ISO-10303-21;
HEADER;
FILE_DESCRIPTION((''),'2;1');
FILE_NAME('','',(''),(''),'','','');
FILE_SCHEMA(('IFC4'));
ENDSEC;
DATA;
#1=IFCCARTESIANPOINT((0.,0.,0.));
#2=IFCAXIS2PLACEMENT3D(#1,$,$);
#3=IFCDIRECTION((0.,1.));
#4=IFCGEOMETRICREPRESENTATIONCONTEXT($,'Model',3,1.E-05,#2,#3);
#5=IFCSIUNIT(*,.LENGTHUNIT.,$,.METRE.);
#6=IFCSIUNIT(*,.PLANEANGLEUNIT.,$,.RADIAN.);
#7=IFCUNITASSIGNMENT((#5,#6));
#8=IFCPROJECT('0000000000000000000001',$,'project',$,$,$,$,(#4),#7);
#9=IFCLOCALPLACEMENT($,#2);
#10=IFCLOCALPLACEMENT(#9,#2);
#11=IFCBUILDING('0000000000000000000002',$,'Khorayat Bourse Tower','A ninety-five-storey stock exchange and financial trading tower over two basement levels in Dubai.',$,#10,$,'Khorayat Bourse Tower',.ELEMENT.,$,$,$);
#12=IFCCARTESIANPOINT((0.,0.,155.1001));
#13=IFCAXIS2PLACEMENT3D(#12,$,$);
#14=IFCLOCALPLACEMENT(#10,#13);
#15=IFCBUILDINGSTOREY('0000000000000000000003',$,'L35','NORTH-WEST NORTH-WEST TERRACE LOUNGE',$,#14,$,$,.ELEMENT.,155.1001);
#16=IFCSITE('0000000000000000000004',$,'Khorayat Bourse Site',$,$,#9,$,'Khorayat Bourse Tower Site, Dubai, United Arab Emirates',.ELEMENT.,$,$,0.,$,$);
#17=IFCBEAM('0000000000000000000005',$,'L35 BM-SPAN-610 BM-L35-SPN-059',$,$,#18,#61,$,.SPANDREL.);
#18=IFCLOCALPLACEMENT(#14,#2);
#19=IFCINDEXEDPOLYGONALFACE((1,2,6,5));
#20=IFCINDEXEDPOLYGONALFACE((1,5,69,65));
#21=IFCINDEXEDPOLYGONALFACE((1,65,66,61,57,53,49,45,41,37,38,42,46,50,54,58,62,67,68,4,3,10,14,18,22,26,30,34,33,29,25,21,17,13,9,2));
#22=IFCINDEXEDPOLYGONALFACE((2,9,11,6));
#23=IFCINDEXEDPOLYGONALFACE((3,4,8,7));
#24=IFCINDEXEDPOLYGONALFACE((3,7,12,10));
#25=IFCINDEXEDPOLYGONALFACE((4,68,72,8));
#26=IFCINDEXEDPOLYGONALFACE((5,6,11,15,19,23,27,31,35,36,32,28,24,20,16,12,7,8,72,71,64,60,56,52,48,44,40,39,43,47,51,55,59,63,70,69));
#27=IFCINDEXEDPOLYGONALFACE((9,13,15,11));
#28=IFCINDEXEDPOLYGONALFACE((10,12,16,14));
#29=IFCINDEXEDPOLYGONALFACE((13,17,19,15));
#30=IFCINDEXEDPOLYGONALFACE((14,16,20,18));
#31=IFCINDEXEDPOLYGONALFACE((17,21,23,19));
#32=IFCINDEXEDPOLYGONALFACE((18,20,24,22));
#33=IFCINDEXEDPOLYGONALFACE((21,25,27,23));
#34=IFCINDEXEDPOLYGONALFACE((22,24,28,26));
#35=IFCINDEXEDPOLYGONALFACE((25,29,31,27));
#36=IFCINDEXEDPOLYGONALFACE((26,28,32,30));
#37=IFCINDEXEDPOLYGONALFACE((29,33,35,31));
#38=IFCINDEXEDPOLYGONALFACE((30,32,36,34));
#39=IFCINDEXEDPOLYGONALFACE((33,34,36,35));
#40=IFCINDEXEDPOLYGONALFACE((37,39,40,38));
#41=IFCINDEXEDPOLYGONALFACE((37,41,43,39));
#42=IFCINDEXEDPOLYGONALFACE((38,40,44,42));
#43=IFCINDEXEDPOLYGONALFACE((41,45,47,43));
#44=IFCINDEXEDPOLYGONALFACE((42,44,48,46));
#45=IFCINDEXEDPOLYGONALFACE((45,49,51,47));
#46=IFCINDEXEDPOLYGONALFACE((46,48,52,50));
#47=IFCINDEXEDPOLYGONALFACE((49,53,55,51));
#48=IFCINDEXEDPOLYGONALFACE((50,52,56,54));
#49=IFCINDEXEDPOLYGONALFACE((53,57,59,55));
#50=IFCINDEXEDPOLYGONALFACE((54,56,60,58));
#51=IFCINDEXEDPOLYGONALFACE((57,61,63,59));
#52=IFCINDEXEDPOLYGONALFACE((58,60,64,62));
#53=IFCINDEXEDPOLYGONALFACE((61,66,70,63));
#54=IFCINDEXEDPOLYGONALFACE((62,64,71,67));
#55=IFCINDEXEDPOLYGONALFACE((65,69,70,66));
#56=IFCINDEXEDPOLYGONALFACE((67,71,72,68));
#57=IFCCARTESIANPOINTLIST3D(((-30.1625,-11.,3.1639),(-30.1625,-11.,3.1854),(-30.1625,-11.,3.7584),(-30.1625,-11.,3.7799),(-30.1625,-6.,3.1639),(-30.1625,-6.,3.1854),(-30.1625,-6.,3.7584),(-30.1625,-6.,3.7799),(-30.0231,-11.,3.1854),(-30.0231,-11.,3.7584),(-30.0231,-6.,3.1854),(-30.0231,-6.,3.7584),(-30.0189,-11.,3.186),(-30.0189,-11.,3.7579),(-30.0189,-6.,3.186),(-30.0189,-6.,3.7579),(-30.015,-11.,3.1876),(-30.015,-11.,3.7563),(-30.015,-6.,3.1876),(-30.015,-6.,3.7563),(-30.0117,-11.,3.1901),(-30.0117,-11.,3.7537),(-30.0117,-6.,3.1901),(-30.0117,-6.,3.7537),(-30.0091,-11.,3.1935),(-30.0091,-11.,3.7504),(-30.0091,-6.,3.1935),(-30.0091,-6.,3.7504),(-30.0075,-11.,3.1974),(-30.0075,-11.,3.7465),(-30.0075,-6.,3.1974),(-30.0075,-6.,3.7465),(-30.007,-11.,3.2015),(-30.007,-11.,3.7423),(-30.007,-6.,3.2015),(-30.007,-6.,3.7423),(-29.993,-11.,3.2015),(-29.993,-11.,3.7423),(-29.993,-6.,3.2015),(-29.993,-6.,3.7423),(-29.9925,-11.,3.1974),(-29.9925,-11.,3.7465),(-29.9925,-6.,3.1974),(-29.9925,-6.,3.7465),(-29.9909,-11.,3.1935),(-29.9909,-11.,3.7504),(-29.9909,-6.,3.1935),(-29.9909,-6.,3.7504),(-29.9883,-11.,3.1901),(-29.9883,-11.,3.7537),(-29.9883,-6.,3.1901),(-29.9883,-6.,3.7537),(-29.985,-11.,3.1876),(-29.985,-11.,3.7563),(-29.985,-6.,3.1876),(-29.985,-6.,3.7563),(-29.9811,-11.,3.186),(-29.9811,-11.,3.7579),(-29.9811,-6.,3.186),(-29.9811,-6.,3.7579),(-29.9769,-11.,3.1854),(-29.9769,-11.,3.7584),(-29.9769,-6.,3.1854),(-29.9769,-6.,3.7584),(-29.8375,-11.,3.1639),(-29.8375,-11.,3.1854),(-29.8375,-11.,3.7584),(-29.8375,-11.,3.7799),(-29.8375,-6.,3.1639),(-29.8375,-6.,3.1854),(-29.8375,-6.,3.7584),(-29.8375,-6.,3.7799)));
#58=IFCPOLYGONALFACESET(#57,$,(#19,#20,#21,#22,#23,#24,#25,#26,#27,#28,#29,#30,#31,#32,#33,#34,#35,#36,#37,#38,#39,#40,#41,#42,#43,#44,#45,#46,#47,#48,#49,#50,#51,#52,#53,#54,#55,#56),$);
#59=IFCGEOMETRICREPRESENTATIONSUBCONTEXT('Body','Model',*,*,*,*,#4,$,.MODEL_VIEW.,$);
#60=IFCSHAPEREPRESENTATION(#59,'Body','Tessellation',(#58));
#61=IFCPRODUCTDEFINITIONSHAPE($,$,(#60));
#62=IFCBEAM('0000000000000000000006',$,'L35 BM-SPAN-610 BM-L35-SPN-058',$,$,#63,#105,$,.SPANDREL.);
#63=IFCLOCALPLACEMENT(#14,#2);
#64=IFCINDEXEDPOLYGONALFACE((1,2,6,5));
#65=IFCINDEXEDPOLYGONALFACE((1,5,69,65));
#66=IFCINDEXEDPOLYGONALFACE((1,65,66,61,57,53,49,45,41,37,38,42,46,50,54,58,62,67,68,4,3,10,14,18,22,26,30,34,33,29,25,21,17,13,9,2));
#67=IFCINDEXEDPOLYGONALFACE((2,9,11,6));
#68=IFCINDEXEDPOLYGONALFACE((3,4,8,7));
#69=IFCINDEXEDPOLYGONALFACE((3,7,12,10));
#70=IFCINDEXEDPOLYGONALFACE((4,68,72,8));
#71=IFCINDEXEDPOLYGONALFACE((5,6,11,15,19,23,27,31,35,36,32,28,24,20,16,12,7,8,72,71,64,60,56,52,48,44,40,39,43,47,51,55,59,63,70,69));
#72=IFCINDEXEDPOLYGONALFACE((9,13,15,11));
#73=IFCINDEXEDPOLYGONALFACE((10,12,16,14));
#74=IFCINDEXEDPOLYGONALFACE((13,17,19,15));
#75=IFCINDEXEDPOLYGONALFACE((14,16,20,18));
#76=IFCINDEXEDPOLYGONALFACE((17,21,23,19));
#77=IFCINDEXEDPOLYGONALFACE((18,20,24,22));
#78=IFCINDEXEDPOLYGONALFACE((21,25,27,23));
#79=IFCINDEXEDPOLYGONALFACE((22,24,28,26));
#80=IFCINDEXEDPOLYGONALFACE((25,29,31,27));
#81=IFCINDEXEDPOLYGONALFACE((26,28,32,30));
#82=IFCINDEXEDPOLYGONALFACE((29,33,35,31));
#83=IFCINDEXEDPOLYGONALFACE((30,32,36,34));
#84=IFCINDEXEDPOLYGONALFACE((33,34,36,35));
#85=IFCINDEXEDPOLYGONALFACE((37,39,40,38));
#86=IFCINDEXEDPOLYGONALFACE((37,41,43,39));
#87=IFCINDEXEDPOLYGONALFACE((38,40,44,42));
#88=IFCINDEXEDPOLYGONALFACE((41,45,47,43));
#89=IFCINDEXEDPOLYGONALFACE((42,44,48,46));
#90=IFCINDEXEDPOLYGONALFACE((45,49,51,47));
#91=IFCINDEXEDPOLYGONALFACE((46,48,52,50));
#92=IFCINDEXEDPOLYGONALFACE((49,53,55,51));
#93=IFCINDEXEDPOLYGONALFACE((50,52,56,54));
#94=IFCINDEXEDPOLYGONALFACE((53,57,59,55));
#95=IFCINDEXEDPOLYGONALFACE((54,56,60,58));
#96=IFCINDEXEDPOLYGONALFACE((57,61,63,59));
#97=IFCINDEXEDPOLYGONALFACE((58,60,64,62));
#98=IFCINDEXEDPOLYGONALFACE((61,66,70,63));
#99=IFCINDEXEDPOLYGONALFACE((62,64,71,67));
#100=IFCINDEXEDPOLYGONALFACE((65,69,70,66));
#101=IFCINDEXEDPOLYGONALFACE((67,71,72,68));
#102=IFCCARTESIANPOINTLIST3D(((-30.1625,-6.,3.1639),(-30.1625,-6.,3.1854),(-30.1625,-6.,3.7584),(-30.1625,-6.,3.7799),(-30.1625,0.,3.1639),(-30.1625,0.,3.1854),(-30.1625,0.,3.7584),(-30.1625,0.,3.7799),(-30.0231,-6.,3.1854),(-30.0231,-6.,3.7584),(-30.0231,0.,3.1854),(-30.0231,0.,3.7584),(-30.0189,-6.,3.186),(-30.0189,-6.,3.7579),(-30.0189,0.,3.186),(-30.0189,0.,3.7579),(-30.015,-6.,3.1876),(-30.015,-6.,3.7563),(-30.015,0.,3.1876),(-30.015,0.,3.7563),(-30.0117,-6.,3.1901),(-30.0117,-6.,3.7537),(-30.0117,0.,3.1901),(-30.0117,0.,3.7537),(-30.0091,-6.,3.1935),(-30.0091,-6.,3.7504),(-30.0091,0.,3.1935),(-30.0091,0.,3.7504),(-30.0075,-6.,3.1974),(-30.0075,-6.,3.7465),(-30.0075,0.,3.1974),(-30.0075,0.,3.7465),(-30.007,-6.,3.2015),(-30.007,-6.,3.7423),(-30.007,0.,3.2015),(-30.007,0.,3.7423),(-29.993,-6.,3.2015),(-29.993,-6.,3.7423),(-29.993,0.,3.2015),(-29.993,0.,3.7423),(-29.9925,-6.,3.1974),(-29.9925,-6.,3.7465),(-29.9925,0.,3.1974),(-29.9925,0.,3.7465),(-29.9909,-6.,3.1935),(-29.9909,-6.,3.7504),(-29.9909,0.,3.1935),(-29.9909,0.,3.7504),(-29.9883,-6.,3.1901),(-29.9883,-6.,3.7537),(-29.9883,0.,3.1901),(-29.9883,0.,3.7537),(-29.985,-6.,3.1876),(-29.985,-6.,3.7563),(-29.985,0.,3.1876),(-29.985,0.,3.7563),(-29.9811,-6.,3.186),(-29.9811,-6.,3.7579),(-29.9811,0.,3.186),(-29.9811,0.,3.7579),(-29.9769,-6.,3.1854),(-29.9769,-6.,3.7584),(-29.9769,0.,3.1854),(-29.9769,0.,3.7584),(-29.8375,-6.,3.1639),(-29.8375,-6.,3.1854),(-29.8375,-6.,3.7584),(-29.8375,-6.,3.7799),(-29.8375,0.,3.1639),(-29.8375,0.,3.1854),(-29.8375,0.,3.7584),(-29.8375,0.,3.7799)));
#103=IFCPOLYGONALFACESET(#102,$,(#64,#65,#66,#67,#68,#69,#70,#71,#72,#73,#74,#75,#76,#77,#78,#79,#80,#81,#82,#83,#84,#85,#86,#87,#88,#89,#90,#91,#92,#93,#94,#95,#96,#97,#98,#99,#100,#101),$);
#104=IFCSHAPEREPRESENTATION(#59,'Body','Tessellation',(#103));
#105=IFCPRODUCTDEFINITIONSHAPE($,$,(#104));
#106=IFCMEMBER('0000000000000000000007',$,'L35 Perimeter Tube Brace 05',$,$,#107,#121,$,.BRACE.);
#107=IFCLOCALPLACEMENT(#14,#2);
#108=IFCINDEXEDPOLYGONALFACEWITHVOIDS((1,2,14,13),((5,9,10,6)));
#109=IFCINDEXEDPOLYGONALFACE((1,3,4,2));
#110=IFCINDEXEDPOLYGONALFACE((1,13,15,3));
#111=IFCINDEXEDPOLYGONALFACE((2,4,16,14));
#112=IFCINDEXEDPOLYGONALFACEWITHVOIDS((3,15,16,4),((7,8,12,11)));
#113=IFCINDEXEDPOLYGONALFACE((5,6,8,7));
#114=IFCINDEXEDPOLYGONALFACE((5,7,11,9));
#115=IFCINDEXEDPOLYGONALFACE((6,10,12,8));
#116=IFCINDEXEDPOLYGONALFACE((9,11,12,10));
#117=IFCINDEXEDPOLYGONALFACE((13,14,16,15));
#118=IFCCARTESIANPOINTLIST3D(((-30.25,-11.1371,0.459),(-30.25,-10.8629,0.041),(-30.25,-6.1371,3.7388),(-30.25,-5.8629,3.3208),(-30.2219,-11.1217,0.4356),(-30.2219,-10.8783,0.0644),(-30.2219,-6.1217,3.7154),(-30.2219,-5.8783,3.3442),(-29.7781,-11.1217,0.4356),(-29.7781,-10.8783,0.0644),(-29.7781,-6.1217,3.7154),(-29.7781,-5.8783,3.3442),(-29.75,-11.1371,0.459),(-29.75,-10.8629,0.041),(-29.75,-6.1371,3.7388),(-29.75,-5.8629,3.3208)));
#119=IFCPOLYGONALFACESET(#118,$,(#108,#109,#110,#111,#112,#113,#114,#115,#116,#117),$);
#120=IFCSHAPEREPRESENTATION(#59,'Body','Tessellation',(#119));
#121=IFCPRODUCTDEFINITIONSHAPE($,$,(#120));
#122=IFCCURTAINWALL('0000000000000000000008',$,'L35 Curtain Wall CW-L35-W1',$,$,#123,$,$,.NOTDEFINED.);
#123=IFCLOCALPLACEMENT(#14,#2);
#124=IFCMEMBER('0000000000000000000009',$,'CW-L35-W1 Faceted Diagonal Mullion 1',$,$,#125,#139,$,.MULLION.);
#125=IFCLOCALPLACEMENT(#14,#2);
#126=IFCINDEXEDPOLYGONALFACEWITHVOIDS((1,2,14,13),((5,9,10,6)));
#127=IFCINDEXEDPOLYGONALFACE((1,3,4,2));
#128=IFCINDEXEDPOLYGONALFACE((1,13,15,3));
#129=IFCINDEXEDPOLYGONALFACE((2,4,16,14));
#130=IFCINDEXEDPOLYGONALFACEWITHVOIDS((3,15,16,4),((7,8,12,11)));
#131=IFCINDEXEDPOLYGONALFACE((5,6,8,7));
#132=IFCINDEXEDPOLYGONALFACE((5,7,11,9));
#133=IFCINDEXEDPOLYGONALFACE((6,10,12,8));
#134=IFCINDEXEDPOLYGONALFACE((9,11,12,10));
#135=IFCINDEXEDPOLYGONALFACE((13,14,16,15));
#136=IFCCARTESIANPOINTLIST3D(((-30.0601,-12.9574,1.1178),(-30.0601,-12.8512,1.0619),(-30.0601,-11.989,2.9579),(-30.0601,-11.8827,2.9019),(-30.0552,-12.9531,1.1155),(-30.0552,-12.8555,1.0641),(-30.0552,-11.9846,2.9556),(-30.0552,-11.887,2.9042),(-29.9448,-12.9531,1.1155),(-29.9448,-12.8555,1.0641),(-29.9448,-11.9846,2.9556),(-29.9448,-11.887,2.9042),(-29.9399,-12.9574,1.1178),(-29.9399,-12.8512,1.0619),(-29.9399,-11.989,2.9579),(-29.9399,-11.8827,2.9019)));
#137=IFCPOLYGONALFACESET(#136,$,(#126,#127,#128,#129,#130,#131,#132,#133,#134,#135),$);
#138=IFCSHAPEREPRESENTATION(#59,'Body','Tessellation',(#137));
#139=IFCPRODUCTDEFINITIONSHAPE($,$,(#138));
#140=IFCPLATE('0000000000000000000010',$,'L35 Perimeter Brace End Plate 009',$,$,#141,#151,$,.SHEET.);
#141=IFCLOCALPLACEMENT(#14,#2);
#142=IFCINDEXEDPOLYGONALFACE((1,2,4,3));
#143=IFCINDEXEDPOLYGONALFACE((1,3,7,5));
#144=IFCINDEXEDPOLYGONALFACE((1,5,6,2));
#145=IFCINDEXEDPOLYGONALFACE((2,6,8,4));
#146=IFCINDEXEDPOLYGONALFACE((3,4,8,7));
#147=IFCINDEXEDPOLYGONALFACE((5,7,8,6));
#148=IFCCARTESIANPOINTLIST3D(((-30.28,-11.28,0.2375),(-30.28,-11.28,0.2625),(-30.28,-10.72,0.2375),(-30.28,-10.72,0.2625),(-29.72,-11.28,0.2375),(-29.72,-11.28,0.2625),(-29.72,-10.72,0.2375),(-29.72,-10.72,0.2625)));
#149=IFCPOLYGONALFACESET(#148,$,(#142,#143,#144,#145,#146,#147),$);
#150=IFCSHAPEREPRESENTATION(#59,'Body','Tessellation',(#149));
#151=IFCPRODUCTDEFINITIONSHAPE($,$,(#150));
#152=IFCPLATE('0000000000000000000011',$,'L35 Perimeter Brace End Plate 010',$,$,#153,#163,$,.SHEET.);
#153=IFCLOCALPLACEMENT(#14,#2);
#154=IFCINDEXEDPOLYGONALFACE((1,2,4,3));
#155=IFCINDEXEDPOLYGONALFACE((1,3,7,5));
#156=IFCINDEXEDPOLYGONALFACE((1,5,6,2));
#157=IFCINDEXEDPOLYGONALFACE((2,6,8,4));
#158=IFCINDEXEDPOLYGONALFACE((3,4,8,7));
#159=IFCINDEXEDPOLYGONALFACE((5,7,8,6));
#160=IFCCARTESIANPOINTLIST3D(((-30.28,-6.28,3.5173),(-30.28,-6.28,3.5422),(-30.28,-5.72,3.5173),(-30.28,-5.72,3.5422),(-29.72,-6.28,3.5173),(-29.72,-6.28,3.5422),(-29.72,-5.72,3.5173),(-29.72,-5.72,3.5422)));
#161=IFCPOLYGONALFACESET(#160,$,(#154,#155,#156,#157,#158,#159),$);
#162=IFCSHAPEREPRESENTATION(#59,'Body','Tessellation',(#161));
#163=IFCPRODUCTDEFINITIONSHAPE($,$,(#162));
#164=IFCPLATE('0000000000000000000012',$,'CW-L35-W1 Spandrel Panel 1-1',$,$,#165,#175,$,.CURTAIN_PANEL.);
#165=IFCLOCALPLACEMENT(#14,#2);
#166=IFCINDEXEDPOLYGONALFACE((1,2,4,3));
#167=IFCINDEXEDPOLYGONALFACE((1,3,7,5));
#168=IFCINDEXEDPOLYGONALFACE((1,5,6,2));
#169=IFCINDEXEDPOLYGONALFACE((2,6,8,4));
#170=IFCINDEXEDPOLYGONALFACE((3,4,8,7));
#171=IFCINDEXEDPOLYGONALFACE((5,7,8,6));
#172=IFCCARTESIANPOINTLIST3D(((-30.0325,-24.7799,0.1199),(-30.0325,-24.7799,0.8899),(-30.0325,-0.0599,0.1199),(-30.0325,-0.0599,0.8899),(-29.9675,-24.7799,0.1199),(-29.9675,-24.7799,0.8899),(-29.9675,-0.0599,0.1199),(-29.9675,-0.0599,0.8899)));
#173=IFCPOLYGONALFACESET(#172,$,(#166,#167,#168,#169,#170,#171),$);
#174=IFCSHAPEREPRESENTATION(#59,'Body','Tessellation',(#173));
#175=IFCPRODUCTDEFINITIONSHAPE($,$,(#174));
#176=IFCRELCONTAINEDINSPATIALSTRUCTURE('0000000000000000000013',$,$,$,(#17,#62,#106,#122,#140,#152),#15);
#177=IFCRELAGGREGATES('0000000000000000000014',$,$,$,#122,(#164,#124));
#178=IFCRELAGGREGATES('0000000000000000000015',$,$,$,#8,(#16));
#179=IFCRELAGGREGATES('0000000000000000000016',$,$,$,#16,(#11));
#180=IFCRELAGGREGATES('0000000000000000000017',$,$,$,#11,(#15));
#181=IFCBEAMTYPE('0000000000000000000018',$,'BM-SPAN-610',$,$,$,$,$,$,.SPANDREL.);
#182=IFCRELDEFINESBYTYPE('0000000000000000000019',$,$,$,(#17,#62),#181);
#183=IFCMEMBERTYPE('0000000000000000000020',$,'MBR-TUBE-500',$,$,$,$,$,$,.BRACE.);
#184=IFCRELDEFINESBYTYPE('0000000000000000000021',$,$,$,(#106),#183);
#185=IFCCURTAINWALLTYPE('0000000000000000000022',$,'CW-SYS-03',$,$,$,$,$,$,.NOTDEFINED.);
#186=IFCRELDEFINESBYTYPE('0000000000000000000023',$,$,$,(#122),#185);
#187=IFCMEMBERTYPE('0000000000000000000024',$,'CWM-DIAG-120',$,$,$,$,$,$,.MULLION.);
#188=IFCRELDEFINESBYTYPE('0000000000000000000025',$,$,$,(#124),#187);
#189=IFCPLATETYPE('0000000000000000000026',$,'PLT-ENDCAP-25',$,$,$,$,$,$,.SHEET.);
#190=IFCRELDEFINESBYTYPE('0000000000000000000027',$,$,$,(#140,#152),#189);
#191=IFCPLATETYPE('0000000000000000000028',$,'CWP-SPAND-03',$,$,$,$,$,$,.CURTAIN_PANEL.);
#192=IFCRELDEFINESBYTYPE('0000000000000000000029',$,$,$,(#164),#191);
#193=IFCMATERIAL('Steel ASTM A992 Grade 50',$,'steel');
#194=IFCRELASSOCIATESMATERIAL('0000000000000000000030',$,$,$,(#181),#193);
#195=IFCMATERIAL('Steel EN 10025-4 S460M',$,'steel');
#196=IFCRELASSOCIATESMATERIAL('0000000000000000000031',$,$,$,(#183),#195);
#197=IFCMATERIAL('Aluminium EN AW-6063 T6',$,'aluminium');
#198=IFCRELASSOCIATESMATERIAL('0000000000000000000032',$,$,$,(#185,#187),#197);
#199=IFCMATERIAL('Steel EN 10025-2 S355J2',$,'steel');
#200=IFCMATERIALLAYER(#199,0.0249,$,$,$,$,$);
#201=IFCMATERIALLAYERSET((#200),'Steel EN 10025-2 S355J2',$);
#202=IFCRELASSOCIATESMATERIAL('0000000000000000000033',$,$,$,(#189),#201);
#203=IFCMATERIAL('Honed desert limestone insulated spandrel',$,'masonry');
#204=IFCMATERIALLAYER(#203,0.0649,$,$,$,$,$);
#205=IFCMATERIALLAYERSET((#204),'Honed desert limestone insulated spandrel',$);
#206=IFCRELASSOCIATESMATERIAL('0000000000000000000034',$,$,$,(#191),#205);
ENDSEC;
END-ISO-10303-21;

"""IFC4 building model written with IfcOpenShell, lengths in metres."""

from ifc_helpers import new_model, si_unit, direction, frame, origin, origin_2d, place, context, subcontext, project, spatial, rectangle, hollow_rectangle, i_section, extrude, source, transform, mapped, material, layer, layer_set, material_profile, profile_set, type_object, element, aggregate, save


model = new_model("IFC4")

# Units and contexts
model_context = context("Model", 3, precision=1e-05, world=origin(), true_north=direction((0.0, 1.0)))
body_context = subcontext(model_context, "Body", "Model", "MODEL_VIEW")
ifc_project = project(units=[si_unit("LENGTHUNIT", "METRE"), si_unit("PLANEANGLEUNIT", "RADIAN")], contexts=[model_context])

# Site, building, storey
site_placement = place(None, origin())
site = spatial("IfcSite", under=ifc_project, at=site_placement, Name="Khorayat Bourse Site", LongName="Khorayat Bourse Tower Site, Dubai, United Arab Emirates", CompositionType="ELEMENT", RefElevation=0.0)
building_placement = place(site_placement, origin())
building = spatial("IfcBuilding", under=site, at=building_placement, Name="Khorayat Bourse Tower", Description="A ninety-five-storey stock exchange and financial trading tower over two basement levels in Dubai.", LongName="Khorayat Bourse Tower", CompositionType="ELEMENT")
storey_placement = place(building_placement, frame((0.0, 0.0, 155.1001)))
storey = spatial("IfcBuildingStorey", under=building, at=storey_placement, Name="L35", Description="NORTH-WEST NORTH-WEST TERRACE LOUNGE", CompositionType="ELEMENT", Elevation=155.1001)

# Shared definitions
ifc_material_1 = material(Name="Steel EN 10025-4 S460M", Category="steel")

# Beams
ifc_material_2 = material(Name="Steel ASTM A992 Grade 50", Category="steel")
ifc_material_profile_1 = material_profile(ifc_material_2, i_section(OverallWidth=0.325, OverallDepth=0.616, WebThickness=0.0139, FlangeThickness=0.0215, FilletRadius=0.0161, at=origin_2d()), Name="W610X174")
ifc_profile_set_1 = profile_set([ifc_material_profile_1], Name="Steel ASTM A992 Grade 50")
beam_type_1 = type_object("IfcBeamType", Name="BM-SPAN-610", PredefinedType="SPANDREL", material=ifc_profile_set_1)
shared_shape_1 = source(origin(), body_context, "Body", "SweptSolid", [
    extrude(i_section(OverallWidth=0.325, OverallDepth=0.616, WebThickness=0.0139, FlangeThickness=0.0215, FilletRadius=0.0161, at=origin_2d()), origin(), (0.0, 0.0, 1.0), 5.0),
])
beam_1_placement = place(storey_placement, frame((-30.0, -11.0, 3.4719), z_axis=(0.0, 1.0, 0.0), x_axis=(-1.0, 0.0, 0.0)))
element("IfcBeam", 1, at=beam_1_placement, inside=storey, type_object=beam_type_1, Name="L35 BM-SPAN-610 BM-L35-SPN-059", PredefinedType="SPANDREL", context=body_context, shape_type="MappedRepresentation", body=[
    mapped(shared_shape_1, transform((0.0, 0.0, 0.0), scale=1.0)),
])
shared_shape_2 = source(origin(), body_context, "Body", "SweptSolid", [
    extrude(i_section(OverallWidth=0.325, OverallDepth=0.616, WebThickness=0.0139, FlangeThickness=0.0215, FilletRadius=0.0161, at=origin_2d()), origin(), (0.0, 0.0, 1.0), 6.0),
])
beam_2_placement = place(storey_placement, frame((-30.0, -6.0, 3.4719), z_axis=(0.0, 1.0, 0.0), x_axis=(-1.0, 0.0, 0.0)))
element("IfcBeam", 2, at=beam_2_placement, inside=storey, type_object=beam_type_1, Name="L35 BM-SPAN-610 BM-L35-SPN-058", PredefinedType="SPANDREL", context=body_context, shape_type="MappedRepresentation", body=[
    mapped(shared_shape_2, transform((0.0, 0.0, 0.0), scale=1.0)),
])

# Member
ifc_material_profile_2 = material_profile(ifc_material_1, hollow_rectangle(XDim=0.5, YDim=0.5, WallThickness=0.0281, at=origin_2d()), Name="HSS 500x500x28")
ifc_profile_set_2 = profile_set([ifc_material_profile_2], Name="Steel EN 10025-4 S460M")
member_type_1 = type_object("IfcMemberType", Name="MBR-TUBE-500", PredefinedType="BRACE", material=ifc_profile_set_2)
shared_shape_3 = source(origin(), body_context, "Body", "SweptSolid", [
    extrude(hollow_rectangle(XDim=0.5, YDim=0.5, WallThickness=0.0281, at=origin_2d()), origin(), (0.0, 0.0, 1.0), 5.9797),
])
member_1_placement = place(storey_placement, frame((-30.0, -11.0, 0.25), z_axis=(0.0, 0.83616, 0.548485), x_axis=(-1.0, 0.0, 0.0)))
element("IfcMember", 3, at=member_1_placement, inside=storey, type_object=member_type_1, Name="L35 Perimeter Tube Brace 05", PredefinedType="BRACE", context=body_context, shape_type="MappedRepresentation", body=[
    mapped(shared_shape_3, transform((0.0, 0.0, 0.0), scale=1.0)),
])

# Curtain wall, member
ifc_material_3 = material(Name="Aluminium EN AW-6063 T6", Category="aluminium")
curtain_wall_type = type_object("IfcCurtainWallType", Name="CW-SYS-03", PredefinedType="NOTDEFINED", material=ifc_material_3)
curtain_wall_placement = place(storey_placement, origin())
curtain_wall = element("IfcCurtainWall", 4, at=curtain_wall_placement, inside=storey, type_object=curtain_wall_type, Name="L35 Curtain Wall CW-L35-W1", PredefinedType="NOTDEFINED")
ifc_material_profile_3 = material_profile(ifc_material_3, hollow_rectangle(XDim=0.1201, YDim=0.1201, WallThickness=0.0049, at=origin_2d()), Name="ALU 120x120x5")
ifc_profile_set_3 = profile_set([ifc_material_profile_3], Name="Aluminium EN AW-6063 T6")
member_type_2 = type_object("IfcMemberType", Name="CWM-DIAG-120", PredefinedType="MULLION", material=ifc_profile_set_3)
shared_shape_4 = source(origin(), body_context, "Body", "SweptSolid", [
    extrude(hollow_rectangle(XDim=0.1201, YDim=0.1201, WallThickness=0.0049, at=origin_2d()), origin(), (0.0, 0.0, 1.0), 2.0793),
])
member_2_placement = place(storey_placement, frame((-30.0, -12.9043, 1.0898), z_axis=(0.0, 0.465761, 0.884911), x_axis=(-1.0, 0.0, 0.0)))
member_2 = element("IfcMember", 5, at=member_2_placement, type_object=member_type_2, Name="CW-L35-W1 Faceted Diagonal Mullion 1", PredefinedType="MULLION", context=body_context, shape_type="MappedRepresentation", body=[
    mapped(shared_shape_4, transform((0.0, 0.0, 0.0), scale=1.0)),
])

# Plates
ifc_material_4 = material(Name="Steel EN 10025-2 S355J2", Category="steel")
ifc_layer_1 = layer(ifc_material_4, 0.0249)
ifc_layer_set_1 = layer_set([ifc_layer_1], Name="Steel EN 10025-2 S355J2")
plate_type_1 = type_object("IfcPlateType", Name="PLT-ENDCAP-25", PredefinedType="SHEET", material=ifc_layer_set_1)
shared_shape_5 = source(origin(), body_context, "Body", "SweptSolid", [
    extrude(rectangle(XDim=0.5601, YDim=0.5601, at=origin_2d()), origin(), (0.0, 0.0, 1.0), 0.0249),
])
for number, where, z_axis, x_axis, name in (
    (6, (-30.0, -11.0, 0.2375), (0.0, 0.0, 1.0), (1.0, 0.0, 0.0), "L35 Perimeter Brace End Plate 009"),
    (7, (-30.0, -6.0, 3.5173), (0.0, 0.0, 1.0), (1.0, 0.0, 0.0), "L35 Perimeter Brace End Plate 010"),
):
    element("IfcPlate", number, at=place(storey_placement, frame(where, z_axis=z_axis, x_axis=x_axis)), inside=storey, type_object=plate_type_1, Name=name, PredefinedType="SHEET", context=body_context, shape_type="MappedRepresentation", body=[
        mapped(shared_shape_5, transform((0.0, 0.0, 0.0), scale=1.0)),
    ])

# Plate
ifc_material_5 = material(Name="Honed desert limestone insulated spandrel", Category="masonry")
ifc_layer_2 = layer(ifc_material_5, 0.0649)
ifc_layer_set_2 = layer_set([ifc_layer_2], Name="Honed desert limestone insulated spandrel")
plate_type_2 = type_object("IfcPlateType", Name="CWP-SPAND-03", PredefinedType="CURTAIN_PANEL", material=ifc_layer_set_2)
shared_shape_6 = source(origin(), body_context, "Body", "SweptSolid", [
    extrude(rectangle(XDim=24.72, YDim=0.0649, at=origin_2d()), origin(), (0.0, 0.0, 1.0), 0.77),
])
plate_1_placement = place(storey_placement, frame((-30.0, -12.4199, 0.1199), z_axis=(0.0, 0.0, 1.0), x_axis=(0.0, 1.0, 0.0)))
plate_1 = element("IfcPlate", 8, at=plate_1_placement, type_object=plate_type_2, Name="CW-L35-W1 Spandrel Panel 1-1", PredefinedType="CURTAIN_PANEL", context=body_context, shape_type="MappedRepresentation", body=[
    mapped(shared_shape_6, transform((0.0, 0.0, 0.0), scale=1.0)),
])
aggregate(curtain_wall, [plate_1, member_2])

save(model, "model.ifc")
